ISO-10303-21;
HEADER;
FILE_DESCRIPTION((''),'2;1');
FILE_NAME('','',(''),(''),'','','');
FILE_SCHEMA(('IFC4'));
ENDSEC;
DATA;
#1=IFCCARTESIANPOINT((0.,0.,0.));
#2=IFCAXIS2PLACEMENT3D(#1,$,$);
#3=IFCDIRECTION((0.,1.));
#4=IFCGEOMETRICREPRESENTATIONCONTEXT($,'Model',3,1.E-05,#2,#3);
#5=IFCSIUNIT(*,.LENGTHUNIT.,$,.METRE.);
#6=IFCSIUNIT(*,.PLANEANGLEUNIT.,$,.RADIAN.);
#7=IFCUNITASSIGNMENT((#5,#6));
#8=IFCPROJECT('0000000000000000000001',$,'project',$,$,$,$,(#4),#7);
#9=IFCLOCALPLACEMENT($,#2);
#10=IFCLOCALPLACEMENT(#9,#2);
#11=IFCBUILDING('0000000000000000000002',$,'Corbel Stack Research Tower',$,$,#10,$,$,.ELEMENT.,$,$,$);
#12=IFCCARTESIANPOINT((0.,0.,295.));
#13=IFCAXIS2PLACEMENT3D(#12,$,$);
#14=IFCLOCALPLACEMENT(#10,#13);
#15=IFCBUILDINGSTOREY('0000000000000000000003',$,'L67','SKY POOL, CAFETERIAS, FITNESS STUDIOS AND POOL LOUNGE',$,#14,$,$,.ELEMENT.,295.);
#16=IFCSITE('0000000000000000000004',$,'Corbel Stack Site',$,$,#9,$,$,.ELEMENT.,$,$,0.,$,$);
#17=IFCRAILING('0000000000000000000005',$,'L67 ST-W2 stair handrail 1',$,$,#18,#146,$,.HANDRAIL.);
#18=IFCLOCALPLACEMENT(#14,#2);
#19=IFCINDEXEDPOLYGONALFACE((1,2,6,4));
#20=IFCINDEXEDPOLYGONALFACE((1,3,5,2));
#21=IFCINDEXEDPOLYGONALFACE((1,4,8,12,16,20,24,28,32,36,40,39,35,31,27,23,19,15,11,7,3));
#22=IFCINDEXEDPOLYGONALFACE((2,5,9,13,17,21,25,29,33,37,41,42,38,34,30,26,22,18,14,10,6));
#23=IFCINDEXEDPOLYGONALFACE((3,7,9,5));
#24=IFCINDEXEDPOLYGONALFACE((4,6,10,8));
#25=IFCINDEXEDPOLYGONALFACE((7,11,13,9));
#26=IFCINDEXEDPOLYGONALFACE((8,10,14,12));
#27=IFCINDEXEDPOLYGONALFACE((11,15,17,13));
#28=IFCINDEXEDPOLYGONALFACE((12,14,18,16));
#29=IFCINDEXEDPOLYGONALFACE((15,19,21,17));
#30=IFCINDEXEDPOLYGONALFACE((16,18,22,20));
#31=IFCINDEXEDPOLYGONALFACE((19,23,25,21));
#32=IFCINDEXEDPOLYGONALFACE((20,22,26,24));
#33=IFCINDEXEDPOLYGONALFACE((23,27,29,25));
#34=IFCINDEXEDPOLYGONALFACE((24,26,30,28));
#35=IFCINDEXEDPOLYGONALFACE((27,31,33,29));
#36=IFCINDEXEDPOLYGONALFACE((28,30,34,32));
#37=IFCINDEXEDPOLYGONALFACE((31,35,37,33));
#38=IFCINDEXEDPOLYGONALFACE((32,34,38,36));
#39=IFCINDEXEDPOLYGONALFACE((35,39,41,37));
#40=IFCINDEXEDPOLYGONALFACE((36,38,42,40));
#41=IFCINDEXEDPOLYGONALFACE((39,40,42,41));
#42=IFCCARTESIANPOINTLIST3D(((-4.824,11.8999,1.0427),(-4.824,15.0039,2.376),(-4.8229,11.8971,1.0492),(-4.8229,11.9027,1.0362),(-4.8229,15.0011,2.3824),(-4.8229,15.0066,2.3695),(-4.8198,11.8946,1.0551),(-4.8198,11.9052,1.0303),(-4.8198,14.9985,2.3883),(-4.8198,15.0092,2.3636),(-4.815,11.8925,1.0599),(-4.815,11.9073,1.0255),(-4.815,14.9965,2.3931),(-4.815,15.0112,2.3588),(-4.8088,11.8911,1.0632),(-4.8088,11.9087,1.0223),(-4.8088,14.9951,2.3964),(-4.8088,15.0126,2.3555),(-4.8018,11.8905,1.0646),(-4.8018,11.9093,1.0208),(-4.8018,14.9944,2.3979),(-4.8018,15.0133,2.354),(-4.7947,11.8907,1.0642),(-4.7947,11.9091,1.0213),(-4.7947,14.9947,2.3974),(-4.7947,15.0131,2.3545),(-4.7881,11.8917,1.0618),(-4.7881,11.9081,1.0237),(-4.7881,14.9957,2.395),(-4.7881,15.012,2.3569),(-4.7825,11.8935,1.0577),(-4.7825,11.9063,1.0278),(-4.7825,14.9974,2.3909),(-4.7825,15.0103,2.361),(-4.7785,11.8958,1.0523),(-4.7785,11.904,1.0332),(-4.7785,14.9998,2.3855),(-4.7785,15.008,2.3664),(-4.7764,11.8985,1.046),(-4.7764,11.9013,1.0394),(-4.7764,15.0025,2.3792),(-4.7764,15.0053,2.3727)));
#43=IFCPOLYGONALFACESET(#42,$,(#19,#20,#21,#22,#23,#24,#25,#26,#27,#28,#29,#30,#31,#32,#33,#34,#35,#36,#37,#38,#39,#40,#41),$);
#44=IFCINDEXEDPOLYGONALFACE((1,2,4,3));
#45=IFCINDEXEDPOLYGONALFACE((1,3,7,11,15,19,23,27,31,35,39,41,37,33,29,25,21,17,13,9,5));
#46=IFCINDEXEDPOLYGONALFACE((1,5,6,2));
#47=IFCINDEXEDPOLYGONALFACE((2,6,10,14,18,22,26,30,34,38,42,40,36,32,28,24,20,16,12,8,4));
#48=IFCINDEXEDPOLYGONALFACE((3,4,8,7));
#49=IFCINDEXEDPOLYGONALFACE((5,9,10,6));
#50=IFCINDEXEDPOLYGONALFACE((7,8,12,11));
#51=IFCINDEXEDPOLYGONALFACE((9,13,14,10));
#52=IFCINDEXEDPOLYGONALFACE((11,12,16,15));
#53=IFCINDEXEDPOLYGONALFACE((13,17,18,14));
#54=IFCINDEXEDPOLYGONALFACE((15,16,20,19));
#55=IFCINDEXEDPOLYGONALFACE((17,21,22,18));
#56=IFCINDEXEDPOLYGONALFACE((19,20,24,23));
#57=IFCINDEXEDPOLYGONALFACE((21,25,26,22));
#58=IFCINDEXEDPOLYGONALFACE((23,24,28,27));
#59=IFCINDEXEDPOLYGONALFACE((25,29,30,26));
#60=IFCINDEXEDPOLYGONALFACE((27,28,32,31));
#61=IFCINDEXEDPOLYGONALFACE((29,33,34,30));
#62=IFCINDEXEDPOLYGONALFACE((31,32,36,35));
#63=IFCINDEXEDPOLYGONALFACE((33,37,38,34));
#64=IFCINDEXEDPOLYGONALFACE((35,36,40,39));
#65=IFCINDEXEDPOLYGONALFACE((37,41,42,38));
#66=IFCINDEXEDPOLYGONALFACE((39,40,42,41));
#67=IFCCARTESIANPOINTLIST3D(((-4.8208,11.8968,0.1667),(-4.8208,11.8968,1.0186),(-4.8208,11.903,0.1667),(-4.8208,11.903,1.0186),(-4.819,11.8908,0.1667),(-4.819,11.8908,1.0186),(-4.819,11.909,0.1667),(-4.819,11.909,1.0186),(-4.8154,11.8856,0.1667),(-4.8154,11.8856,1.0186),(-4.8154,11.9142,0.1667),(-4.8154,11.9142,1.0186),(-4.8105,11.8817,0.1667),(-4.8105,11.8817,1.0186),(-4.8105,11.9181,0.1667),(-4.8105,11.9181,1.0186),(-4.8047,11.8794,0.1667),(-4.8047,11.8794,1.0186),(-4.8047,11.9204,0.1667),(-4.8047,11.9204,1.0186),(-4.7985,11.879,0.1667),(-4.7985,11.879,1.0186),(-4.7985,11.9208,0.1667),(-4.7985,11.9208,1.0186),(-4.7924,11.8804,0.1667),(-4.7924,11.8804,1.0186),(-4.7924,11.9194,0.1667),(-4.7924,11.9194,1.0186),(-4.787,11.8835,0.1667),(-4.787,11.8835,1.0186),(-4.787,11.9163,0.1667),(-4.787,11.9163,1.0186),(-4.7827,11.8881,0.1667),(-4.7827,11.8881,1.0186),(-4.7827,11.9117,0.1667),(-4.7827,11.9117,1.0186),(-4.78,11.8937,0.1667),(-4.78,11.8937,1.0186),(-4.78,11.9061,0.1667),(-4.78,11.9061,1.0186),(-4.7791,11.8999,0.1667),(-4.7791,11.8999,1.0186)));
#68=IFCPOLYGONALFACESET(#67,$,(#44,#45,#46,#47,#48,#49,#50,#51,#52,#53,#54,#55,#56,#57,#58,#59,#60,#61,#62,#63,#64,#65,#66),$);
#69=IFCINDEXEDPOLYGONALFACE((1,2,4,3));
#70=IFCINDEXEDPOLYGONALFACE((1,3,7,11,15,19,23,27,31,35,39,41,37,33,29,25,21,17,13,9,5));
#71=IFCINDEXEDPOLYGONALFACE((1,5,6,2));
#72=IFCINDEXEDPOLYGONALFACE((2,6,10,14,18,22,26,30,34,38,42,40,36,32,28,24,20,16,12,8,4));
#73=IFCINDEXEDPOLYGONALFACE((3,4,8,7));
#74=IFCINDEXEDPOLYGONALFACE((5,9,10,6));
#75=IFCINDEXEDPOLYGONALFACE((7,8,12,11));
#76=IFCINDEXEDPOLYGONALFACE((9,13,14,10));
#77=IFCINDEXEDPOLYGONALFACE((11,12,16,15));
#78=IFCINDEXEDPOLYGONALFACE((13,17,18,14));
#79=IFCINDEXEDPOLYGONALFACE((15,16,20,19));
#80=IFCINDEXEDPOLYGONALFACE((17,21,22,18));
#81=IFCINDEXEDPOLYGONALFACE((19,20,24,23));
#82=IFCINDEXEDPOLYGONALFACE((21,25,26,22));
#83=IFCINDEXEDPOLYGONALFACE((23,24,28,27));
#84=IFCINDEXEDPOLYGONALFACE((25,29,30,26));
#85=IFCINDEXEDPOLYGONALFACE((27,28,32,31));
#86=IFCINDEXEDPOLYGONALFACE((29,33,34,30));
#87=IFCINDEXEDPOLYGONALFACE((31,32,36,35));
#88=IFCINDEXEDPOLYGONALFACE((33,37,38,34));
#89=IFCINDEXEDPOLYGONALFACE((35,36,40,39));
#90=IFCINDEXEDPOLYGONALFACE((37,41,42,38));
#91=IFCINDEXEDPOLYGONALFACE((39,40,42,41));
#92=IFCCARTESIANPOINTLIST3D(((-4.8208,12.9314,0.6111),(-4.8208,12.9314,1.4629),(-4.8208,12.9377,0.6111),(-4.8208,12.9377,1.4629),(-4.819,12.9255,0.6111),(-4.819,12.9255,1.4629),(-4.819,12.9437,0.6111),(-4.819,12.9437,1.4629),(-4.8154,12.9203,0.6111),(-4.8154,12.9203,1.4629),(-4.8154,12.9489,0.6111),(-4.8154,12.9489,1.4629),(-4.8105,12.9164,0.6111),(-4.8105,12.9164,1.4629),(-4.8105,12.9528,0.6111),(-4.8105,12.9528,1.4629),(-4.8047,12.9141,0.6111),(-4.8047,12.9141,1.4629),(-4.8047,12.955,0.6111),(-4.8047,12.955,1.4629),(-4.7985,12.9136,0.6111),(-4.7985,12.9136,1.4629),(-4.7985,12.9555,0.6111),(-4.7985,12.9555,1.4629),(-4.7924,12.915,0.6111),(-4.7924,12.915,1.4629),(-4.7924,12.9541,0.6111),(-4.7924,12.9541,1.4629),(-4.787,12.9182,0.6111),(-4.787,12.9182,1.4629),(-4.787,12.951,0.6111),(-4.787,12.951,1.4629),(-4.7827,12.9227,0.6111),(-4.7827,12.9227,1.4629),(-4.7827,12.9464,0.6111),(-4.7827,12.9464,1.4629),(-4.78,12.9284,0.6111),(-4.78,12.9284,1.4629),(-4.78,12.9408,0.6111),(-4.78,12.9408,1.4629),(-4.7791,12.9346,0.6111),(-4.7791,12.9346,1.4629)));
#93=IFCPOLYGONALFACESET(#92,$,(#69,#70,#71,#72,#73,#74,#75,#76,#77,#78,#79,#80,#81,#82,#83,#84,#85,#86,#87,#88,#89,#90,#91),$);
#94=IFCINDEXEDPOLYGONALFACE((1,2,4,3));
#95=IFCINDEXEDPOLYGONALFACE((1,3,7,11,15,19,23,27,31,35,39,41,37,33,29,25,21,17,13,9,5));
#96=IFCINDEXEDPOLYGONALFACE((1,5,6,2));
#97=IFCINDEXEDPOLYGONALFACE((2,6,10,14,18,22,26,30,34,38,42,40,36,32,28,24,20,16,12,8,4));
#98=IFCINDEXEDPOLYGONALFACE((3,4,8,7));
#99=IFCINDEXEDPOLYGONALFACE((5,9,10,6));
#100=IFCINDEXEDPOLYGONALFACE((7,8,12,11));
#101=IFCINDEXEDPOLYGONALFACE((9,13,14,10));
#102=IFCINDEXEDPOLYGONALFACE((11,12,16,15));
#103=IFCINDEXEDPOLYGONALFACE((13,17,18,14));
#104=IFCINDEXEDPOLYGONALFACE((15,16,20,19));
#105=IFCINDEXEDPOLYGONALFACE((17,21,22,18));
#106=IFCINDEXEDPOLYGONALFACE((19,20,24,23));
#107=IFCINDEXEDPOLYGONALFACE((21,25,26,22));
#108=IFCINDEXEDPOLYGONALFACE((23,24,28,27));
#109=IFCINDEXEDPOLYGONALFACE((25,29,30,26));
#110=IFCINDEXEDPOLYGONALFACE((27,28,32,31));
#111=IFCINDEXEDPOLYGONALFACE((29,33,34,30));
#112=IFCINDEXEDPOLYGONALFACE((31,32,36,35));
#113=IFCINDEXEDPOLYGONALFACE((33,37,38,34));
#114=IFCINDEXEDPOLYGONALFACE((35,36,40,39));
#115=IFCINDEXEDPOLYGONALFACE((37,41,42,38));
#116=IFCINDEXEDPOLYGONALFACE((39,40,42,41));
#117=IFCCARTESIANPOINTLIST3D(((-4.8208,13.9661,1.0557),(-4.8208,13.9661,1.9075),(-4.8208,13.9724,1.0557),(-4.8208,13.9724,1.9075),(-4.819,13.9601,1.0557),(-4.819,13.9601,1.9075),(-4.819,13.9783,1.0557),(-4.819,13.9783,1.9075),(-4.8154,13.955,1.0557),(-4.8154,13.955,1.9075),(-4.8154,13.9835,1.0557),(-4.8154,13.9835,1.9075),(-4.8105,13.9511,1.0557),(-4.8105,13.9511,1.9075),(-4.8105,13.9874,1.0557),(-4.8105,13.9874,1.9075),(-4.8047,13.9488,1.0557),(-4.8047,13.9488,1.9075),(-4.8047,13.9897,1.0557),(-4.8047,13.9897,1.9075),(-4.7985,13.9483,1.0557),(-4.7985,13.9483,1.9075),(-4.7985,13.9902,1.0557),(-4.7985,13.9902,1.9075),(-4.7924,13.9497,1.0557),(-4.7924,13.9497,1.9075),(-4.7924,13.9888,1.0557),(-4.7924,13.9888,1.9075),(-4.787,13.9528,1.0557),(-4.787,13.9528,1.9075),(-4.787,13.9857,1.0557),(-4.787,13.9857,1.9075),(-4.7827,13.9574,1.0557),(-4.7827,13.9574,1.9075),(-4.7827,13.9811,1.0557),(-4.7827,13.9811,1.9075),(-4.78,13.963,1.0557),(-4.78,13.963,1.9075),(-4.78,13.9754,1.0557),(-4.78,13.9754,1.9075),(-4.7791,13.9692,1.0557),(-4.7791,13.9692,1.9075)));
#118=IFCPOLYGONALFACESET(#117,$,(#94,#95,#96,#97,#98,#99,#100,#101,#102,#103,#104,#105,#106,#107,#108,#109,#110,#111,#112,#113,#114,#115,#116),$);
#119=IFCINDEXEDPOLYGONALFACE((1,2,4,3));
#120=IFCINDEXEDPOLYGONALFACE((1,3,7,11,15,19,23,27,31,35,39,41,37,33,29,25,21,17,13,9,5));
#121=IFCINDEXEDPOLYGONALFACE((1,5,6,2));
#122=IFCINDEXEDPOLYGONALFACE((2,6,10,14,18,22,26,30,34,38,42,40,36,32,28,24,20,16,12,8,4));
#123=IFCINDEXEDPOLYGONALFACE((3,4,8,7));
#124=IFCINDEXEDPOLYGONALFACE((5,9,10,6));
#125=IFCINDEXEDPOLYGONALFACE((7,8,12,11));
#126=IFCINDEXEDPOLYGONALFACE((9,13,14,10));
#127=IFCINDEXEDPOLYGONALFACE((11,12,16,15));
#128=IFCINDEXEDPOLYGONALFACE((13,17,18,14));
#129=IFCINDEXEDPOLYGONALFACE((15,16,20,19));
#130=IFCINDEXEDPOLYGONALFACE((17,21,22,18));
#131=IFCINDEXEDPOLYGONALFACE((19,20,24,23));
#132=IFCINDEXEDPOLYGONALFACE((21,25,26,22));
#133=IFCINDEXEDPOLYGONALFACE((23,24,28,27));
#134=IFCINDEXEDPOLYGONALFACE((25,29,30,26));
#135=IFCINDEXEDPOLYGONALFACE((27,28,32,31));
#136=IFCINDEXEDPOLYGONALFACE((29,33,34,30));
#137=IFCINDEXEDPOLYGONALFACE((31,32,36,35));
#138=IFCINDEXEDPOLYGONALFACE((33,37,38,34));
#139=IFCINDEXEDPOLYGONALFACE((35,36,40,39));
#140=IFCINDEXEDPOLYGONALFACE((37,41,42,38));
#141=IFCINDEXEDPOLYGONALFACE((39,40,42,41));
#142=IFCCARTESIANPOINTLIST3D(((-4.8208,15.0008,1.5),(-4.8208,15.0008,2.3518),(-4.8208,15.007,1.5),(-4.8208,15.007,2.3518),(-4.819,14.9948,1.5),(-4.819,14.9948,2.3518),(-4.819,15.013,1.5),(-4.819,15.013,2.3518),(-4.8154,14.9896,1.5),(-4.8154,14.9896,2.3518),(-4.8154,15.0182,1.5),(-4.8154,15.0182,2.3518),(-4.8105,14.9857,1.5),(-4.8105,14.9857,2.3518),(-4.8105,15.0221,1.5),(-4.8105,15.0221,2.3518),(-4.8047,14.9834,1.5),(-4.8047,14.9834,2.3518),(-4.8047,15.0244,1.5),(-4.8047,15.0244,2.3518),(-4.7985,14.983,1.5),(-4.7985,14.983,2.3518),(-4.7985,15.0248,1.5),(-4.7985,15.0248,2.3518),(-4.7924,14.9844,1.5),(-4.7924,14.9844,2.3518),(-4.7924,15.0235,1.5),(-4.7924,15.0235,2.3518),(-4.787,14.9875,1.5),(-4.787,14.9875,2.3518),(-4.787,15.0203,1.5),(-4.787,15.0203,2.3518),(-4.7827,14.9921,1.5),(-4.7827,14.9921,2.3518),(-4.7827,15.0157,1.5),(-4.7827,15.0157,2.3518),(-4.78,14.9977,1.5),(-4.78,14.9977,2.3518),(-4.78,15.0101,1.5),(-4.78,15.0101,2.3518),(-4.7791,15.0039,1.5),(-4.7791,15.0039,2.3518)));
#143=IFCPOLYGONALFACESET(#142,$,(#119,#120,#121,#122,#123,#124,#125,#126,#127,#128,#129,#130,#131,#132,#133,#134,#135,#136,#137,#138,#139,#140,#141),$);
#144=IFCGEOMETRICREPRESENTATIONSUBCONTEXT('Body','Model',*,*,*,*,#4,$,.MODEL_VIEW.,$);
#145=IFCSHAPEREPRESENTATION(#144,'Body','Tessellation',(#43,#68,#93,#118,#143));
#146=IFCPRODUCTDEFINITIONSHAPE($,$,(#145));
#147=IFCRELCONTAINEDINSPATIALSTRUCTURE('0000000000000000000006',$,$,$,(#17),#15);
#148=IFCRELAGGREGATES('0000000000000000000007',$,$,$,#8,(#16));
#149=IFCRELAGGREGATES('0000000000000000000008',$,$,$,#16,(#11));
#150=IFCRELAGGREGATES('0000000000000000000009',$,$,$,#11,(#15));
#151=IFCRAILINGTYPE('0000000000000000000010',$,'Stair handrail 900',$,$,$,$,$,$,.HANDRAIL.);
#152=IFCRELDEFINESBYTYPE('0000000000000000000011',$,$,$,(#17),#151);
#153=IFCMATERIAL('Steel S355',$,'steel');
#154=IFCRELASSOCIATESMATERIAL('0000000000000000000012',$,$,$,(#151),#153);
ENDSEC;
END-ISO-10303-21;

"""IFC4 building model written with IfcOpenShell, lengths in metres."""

from ifc_helpers import new_model, si_unit, direction, frame, origin, origin_2d, place, context, subcontext, project, spatial, circle, extrude, material, type_object, element, save


model = new_model("IFC4")

# Units and contexts
model_context = context("Model", 3, precision=1e-05, world=origin(), true_north=direction((0.0, 1.0)))
body_context = subcontext(model_context, "Body", "Model", "MODEL_VIEW")
ifc_project = project(units=[si_unit("LENGTHUNIT", "METRE"), si_unit("PLANEANGLEUNIT", "RADIAN")], contexts=[model_context])

# Site, building, storey
site_placement = place(None, origin())
site = spatial("IfcSite", under=ifc_project, at=site_placement, Name="Corbel Stack Site", CompositionType="ELEMENT", RefElevation=0.0)
building_placement = place(site_placement, origin())
building = spatial("IfcBuilding", under=site, at=building_placement, Name="Corbel Stack Research Tower", CompositionType="ELEMENT")
storey_placement = place(building_placement, frame((0.0, 0.0, 295.0)))
storey = spatial("IfcBuildingStorey", under=building, at=storey_placement, Name="L67", Description="SKY POOL, CAFETERIAS, FITNESS STUDIOS AND POOL LOUNGE", CompositionType="ELEMENT", Elevation=295.0)

# Railing
ifc_material_1 = material(Name="Steel S355", Category="steel")
railing_type_1 = type_object("IfcRailingType", Name="Stair handrail 900", PredefinedType="HANDRAIL", material=ifc_material_1)
for number, where, name in (
    (1, (-4.8, 11.8999, 0.1667), "L67 ST-W2 stair handrail 1"),
):
    element("IfcRailing", number, at=place(storey_placement, frame(where)), inside=storey, type_object=railing_type_1, Name=name, PredefinedType="HANDRAIL", context=body_context, shape_type="SweptSolid", body=[
        extrude(circle(Radius=0.0239, at=origin_2d()), frame((0.0, 0.0, 0.876), z_axis=(0.0, 0.918827, 0.394661), x_axis=(-1.0, 0.0, 0.0)), (0.0, 0.0, 1.0), 3.3782),
        extrude(circle(Radius=0.021, at=origin_2d()), origin(), (0.0, 0.0, 1.0), 0.8518),
        extrude(circle(Radius=0.021, at=origin_2d()), frame((0.0, 1.0347, 0.4443)), (0.0, 0.0, 1.0), 0.8518),
        extrude(circle(Radius=0.021, at=origin_2d()), frame((0.0, 2.0693, 0.8889)), (0.0, 0.0, 1.0), 0.8518),
        extrude(circle(Radius=0.021, at=origin_2d()), frame((0.0, 3.104, 1.3333)), (0.0, 0.0, 1.0), 0.8518),
    ])

save(model, "model.ifc")
